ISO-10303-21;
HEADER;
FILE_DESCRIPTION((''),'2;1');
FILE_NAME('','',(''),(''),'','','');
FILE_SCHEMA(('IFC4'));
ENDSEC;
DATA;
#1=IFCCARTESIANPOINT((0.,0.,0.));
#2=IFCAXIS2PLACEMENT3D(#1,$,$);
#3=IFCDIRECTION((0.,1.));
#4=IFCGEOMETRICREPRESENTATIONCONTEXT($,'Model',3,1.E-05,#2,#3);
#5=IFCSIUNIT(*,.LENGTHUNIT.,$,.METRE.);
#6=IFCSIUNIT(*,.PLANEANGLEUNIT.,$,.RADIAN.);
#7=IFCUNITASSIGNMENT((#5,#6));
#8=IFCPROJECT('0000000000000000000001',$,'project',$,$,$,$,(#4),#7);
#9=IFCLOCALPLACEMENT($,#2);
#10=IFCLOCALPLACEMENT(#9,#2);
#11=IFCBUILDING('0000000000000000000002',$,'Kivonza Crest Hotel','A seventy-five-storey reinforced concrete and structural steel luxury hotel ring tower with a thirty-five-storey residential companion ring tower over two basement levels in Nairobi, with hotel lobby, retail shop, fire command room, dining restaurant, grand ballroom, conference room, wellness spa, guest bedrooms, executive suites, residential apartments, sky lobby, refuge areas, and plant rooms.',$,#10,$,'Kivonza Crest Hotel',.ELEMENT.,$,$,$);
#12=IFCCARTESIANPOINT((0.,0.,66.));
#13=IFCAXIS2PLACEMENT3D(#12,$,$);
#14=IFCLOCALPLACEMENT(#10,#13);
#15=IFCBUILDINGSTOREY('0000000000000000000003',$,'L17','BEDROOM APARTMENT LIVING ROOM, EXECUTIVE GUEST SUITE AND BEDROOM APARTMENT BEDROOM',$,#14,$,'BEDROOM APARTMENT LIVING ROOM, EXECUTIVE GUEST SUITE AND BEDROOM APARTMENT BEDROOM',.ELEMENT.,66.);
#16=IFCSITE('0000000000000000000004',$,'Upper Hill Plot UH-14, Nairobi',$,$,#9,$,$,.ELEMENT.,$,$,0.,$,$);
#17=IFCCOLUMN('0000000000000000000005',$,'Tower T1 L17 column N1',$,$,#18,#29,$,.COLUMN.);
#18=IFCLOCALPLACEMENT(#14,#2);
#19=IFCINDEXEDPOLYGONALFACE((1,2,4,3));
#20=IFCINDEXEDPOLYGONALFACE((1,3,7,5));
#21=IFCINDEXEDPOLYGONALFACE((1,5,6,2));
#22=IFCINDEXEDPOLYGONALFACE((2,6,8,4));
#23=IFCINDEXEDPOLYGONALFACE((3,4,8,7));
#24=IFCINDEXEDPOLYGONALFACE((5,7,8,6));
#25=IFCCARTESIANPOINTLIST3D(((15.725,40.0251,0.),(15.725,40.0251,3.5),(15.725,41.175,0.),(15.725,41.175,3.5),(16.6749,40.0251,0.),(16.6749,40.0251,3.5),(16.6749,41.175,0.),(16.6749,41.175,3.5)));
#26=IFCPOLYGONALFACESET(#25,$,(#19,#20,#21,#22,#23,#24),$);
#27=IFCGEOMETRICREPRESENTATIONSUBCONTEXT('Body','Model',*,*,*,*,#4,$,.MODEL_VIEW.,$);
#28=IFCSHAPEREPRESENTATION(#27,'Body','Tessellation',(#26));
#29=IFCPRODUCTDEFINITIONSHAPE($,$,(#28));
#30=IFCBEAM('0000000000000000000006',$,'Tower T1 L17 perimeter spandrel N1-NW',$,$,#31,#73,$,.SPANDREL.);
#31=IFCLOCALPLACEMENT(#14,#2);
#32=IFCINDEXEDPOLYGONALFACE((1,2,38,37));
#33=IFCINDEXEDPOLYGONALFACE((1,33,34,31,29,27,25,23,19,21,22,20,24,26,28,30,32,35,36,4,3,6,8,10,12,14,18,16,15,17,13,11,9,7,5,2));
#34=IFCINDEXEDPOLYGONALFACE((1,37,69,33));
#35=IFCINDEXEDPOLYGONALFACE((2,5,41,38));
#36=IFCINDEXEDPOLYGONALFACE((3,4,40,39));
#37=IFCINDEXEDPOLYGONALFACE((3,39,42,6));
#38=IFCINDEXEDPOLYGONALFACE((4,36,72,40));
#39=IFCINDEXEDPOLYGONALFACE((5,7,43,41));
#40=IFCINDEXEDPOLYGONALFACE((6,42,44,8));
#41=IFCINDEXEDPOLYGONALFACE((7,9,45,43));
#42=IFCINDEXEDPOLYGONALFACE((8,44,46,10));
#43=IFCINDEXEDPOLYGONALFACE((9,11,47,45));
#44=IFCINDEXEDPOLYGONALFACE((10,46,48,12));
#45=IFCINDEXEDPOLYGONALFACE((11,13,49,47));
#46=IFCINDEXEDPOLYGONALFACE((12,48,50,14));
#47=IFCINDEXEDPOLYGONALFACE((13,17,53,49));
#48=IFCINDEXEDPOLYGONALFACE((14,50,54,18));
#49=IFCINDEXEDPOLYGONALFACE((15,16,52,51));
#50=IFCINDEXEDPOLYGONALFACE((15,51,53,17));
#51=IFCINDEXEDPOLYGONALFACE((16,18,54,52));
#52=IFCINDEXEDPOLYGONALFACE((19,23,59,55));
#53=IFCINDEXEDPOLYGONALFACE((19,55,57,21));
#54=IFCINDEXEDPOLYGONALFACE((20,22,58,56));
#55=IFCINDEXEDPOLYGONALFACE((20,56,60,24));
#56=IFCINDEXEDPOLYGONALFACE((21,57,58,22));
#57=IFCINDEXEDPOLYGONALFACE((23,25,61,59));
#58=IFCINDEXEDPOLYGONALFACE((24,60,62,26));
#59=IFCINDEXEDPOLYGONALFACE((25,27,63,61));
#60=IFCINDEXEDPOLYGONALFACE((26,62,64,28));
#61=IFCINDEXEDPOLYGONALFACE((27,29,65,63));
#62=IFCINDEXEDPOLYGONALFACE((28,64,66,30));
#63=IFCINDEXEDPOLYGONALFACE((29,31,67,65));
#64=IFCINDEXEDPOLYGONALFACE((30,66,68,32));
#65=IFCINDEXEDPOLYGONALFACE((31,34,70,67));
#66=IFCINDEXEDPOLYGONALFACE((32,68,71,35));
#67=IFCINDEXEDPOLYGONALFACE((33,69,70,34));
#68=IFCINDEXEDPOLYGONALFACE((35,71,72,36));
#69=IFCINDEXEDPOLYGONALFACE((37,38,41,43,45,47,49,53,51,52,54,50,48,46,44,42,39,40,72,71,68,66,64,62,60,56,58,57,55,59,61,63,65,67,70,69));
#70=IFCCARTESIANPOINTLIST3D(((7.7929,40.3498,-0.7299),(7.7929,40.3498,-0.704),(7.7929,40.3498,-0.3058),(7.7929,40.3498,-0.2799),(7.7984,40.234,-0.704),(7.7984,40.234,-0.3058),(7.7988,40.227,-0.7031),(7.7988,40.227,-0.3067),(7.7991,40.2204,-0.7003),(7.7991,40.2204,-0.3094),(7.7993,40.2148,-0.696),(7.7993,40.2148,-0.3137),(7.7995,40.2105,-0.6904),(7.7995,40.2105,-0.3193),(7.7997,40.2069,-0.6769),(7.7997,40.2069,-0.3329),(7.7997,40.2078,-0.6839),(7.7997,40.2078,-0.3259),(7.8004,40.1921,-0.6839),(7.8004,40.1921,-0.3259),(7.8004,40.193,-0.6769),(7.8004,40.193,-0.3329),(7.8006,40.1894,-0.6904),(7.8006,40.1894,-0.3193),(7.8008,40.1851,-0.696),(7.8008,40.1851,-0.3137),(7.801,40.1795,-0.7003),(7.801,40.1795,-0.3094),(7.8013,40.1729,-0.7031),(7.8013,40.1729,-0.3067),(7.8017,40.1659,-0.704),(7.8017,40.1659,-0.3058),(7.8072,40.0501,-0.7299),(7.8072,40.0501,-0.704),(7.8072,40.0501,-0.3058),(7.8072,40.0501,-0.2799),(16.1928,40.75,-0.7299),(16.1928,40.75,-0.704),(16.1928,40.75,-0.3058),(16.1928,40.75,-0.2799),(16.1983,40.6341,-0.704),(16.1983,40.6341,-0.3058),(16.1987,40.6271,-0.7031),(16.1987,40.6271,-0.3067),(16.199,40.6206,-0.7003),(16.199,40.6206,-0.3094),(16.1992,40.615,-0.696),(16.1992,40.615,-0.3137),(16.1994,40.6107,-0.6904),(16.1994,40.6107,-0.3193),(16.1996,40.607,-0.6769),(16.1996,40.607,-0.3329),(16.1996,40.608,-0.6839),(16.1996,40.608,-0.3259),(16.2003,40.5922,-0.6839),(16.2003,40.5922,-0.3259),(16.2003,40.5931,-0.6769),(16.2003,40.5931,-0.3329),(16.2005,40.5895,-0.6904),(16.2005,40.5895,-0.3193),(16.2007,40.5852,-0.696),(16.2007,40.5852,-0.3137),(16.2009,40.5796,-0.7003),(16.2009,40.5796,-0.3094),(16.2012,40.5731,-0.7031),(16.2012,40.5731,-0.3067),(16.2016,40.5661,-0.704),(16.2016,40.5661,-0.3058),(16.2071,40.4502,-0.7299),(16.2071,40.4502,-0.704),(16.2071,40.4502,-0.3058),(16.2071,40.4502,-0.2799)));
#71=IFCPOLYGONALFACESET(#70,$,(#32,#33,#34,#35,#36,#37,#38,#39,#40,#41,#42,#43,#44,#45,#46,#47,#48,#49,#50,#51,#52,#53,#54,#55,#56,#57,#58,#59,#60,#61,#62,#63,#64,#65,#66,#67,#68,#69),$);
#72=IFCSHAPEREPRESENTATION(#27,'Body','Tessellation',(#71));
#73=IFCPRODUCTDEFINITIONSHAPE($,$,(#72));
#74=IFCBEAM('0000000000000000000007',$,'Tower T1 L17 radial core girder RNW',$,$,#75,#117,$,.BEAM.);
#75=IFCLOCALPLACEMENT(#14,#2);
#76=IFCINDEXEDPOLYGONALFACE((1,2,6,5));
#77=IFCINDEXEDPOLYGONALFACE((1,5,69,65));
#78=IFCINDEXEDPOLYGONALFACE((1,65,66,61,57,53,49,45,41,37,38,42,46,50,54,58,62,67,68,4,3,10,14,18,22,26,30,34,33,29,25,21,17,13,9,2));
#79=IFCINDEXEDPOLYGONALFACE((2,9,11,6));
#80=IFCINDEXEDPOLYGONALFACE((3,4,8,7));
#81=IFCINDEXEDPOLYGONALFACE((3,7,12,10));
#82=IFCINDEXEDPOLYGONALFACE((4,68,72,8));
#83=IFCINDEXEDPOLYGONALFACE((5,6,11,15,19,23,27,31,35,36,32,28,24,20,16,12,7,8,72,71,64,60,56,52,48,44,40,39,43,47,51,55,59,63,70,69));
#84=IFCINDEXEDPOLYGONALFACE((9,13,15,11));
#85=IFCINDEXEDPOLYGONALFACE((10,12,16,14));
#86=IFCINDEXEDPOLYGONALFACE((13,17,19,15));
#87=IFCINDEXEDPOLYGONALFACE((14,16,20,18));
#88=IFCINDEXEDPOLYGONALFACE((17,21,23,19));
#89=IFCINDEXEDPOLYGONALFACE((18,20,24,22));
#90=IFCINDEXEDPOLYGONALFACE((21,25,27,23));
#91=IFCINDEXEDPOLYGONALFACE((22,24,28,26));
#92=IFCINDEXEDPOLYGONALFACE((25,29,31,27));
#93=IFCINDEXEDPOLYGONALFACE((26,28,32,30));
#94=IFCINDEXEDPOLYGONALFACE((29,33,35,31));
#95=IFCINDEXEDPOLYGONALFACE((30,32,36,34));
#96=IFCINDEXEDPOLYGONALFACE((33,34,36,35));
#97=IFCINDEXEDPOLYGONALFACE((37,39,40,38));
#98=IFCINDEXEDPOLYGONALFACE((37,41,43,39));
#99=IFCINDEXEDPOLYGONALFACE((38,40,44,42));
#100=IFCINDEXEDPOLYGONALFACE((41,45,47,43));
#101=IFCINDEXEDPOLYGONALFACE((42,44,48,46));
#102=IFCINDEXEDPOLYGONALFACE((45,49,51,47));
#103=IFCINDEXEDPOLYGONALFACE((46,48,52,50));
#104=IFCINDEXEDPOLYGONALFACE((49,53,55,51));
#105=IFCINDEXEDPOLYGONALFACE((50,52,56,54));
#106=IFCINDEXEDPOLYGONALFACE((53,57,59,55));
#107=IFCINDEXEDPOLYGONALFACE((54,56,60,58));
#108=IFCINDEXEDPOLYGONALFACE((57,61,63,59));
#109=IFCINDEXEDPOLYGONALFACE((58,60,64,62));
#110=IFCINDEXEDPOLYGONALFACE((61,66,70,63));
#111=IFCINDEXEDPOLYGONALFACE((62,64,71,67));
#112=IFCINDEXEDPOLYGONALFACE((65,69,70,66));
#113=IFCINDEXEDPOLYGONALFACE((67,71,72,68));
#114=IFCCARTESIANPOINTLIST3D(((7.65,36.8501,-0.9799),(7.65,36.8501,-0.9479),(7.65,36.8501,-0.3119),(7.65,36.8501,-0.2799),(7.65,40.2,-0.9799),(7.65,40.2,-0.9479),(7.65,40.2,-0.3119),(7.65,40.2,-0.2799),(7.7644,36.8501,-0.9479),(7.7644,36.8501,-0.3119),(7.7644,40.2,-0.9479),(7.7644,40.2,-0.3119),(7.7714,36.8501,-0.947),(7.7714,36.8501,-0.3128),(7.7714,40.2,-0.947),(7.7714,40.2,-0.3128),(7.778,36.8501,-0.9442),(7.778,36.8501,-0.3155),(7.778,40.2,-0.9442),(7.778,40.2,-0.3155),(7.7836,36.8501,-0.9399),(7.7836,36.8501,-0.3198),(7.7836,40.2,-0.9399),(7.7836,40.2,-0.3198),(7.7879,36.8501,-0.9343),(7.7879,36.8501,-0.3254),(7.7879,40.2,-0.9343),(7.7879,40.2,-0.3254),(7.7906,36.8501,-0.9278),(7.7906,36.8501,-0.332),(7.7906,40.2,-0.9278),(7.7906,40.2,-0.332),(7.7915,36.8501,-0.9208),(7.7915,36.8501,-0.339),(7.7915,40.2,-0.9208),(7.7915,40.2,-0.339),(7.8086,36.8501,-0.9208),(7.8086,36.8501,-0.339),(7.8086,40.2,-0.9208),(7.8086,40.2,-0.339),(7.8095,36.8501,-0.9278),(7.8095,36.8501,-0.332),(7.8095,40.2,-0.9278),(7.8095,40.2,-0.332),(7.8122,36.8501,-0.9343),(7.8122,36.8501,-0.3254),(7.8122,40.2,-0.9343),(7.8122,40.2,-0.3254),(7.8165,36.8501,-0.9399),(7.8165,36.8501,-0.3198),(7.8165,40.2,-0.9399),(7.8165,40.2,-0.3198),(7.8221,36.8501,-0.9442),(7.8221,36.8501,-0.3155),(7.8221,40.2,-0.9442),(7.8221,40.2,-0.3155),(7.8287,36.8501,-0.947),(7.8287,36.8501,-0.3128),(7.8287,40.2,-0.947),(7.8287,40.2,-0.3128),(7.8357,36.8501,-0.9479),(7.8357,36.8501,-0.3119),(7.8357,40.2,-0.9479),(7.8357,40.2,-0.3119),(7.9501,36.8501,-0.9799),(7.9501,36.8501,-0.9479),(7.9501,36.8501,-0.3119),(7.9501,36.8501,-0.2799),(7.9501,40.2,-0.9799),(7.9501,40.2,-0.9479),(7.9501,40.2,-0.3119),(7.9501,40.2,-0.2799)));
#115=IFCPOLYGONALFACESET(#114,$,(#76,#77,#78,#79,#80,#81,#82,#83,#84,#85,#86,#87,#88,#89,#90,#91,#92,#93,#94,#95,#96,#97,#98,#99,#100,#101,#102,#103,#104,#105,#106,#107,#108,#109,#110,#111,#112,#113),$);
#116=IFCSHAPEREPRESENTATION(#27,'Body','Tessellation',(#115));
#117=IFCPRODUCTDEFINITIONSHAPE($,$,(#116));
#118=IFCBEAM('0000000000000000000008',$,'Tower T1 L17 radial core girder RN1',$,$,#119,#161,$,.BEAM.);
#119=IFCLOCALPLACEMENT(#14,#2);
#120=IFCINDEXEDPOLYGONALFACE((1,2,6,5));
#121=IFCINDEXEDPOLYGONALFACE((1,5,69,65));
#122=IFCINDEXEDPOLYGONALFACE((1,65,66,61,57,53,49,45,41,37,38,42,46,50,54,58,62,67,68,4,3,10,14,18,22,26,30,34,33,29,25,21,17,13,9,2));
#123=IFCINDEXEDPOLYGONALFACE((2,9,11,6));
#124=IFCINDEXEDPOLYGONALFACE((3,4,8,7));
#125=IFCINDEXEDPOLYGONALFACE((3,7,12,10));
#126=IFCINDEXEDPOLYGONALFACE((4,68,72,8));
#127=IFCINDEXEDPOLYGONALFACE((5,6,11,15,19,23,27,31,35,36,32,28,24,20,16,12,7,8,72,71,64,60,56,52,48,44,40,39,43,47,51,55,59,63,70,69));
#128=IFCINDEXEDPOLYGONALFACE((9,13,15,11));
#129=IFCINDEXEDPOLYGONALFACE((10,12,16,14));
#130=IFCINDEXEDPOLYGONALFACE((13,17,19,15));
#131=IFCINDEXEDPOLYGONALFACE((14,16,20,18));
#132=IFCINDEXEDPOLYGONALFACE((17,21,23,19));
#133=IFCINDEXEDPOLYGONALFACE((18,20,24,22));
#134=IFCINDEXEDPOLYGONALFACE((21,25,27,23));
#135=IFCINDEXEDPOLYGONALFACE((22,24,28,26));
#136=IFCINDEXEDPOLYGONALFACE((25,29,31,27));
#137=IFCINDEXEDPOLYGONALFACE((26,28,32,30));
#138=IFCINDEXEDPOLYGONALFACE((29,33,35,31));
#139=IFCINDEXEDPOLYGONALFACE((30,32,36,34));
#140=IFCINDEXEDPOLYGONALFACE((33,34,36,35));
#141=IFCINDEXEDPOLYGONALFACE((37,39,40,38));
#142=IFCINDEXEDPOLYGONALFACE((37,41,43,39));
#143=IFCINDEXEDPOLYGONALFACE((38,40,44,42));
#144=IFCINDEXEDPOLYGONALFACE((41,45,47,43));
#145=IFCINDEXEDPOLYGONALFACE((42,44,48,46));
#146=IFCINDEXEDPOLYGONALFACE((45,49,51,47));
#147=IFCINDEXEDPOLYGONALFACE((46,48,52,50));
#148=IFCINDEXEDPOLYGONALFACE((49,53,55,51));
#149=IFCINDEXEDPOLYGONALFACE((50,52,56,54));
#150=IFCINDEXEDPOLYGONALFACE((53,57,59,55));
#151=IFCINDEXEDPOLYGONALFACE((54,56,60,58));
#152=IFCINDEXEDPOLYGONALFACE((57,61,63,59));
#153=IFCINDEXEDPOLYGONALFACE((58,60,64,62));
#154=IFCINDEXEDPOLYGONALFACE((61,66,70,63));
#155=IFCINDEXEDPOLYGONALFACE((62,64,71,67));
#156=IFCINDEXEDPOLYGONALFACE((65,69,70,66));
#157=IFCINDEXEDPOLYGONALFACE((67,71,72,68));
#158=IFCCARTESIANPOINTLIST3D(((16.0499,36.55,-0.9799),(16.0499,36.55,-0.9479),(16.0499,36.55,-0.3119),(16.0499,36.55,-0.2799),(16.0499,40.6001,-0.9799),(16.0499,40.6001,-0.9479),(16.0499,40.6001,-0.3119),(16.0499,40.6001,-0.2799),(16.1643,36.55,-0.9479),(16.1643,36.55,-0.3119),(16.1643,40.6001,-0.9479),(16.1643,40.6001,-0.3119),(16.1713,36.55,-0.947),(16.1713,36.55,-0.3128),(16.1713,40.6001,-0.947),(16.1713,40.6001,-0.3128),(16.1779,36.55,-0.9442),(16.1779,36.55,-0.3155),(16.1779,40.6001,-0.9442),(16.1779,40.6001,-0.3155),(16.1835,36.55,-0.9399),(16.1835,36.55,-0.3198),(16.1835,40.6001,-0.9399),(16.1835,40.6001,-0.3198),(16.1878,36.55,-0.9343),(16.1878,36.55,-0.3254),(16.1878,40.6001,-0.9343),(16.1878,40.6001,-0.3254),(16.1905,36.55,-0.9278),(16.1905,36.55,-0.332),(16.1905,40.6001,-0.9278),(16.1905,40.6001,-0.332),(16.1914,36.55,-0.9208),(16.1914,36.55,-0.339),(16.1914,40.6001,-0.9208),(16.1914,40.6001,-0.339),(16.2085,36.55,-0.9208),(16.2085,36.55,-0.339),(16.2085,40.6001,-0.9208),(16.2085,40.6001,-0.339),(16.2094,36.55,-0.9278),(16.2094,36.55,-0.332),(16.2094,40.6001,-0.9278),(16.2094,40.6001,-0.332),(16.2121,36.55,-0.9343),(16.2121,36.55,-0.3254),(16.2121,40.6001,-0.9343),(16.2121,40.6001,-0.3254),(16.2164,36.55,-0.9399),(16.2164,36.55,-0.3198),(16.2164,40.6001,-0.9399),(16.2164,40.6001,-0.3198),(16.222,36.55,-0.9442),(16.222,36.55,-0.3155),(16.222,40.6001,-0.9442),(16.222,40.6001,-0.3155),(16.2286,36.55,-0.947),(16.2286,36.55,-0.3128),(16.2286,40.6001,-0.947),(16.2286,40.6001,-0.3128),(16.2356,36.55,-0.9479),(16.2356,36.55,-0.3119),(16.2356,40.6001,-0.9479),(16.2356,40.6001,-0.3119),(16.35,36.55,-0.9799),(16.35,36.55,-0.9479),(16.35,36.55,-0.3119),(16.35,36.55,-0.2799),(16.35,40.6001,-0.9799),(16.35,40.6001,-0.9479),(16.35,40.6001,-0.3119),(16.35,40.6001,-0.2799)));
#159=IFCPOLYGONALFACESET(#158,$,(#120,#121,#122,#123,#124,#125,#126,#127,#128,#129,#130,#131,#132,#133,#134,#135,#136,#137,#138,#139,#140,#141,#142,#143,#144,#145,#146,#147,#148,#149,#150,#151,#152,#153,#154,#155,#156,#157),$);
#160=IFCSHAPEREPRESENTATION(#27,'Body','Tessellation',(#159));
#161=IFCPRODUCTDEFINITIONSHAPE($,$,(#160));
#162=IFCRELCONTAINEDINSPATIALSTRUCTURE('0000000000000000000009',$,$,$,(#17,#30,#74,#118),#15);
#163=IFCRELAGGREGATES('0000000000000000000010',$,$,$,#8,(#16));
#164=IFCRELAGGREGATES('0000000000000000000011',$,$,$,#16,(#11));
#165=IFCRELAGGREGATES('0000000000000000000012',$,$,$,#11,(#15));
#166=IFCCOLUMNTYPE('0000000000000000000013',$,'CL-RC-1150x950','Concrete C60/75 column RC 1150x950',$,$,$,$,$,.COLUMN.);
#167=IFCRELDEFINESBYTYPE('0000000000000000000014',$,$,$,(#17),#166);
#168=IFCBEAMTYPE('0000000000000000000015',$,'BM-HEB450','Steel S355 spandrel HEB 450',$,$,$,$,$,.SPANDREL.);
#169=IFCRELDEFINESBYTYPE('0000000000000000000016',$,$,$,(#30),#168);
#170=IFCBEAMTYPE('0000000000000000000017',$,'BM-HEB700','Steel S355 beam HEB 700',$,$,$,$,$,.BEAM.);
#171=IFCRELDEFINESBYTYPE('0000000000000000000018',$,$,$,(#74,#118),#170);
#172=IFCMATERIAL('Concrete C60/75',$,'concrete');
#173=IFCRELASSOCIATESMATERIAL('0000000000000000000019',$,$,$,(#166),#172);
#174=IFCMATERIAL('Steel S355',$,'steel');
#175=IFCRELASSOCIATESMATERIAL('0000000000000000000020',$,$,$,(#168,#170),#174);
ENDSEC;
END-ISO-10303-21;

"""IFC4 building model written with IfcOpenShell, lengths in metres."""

from ifc_helpers import new_model, si_unit, direction, frame, origin, origin_2d, place, context, subcontext, project, spatial, rectangle, i_section, extrude, material, material_profile, profile_set, type_object, element, save


model = new_model("IFC4")

# Units and contexts
model_context = context("Model", 3, precision=1e-05, world=origin(), true_north=direction((0.0, 1.0)))
body_context = subcontext(model_context, "Body", "Model", "MODEL_VIEW")
ifc_project = project(units=[si_unit("LENGTHUNIT", "METRE"), si_unit("PLANEANGLEUNIT", "RADIAN")], contexts=[model_context])

# Site, building, storey
site_placement = place(None, origin())
site = spatial("IfcSite", under=ifc_project, at=site_placement, Name="Upper Hill Plot UH-14, Nairobi", CompositionType="ELEMENT", RefElevation=0.0)
building_placement = place(site_placement, origin())
building = spatial("IfcBuilding", under=site, at=building_placement, Name="Kivonza Crest Hotel", Description="A seventy-five-storey reinforced concrete and structural steel luxury hotel ring tower with a thirty-five-storey residential companion ring tower over two basement levels in Nairobi, with hotel lobby, retail shop, fire command room, dining restaurant, grand ballroom, conference room, wellness spa, guest bedrooms, executive suites, residential apartments, sky lobby, refuge areas, and plant rooms.", LongName="Kivonza Crest Hotel", CompositionType="ELEMENT")
storey_placement = place(building_placement, frame((0.0, 0.0, 66.0)))
storey = spatial("IfcBuildingStorey", under=building, at=storey_placement, Name="L17", Description="BEDROOM APARTMENT LIVING ROOM, EXECUTIVE GUEST SUITE AND BEDROOM APARTMENT BEDROOM", LongName="BEDROOM APARTMENT LIVING ROOM, EXECUTIVE GUEST SUITE AND BEDROOM APARTMENT BEDROOM", CompositionType="ELEMENT", Elevation=66.0)

# Column
ifc_material_1 = material(Name="Concrete C60/75", Category="concrete")
ifc_material_profile_1 = material_profile(ifc_material_1, rectangle(XDim=0.95, YDim=1.1499, at=origin_2d()), Name="RC 1150x950")
ifc_profile_set_1 = profile_set([ifc_material_profile_1], Name="Concrete C60/75")
column_type = type_object("IfcColumnType", Name="CL-RC-1150x950", Description="Concrete C60/75 column RC 1150x950", PredefinedType="COLUMN", material=ifc_profile_set_1)
column_placement = place(storey_placement, frame((16.2, 40.6001, 0.0), z_axis=(0.0, 0.0, 1.0), x_axis=(1.0, 0.0, 0.0)))
element("IfcColumn", 1, at=column_placement, inside=storey, type_object=column_type, Name="Tower T1 L17 column N1", PredefinedType="COLUMN", context=body_context, shape_type="SweptSolid", body=[
    extrude(rectangle(XDim=0.95, YDim=1.1499, at=origin_2d()), origin(), (0.0, 0.0, 1.0), 3.5),
])

# Beams
ifc_material_2 = material(Name="Steel S355", Category="steel")
ifc_material_profile_2 = material_profile(ifc_material_2, i_section(OverallWidth=0.3, OverallDepth=0.45, WebThickness=0.0139, FlangeThickness=0.0259, FilletRadius=0.0271, at=origin_2d()), Name="HEB 450")
ifc_profile_set_2 = profile_set([ifc_material_profile_2], Name="Steel S355")
beam_type_1 = type_object("IfcBeamType", Name="BM-HEB450", Description="Steel S355 spandrel HEB 450", PredefinedType="SPANDREL", material=ifc_profile_set_2)
beam_1_placement = place(storey_placement, frame((16.2, 40.6001, -0.5049), z_axis=(-0.998867, -0.047583, 0.0), x_axis=(0.047583, -0.998867, 0.0)))
element("IfcBeam", 2, at=beam_1_placement, inside=storey, type_object=beam_type_1, Name="Tower T1 L17 perimeter spandrel N1-NW", PredefinedType="SPANDREL", context=body_context, shape_type="SweptSolid", body=[
    extrude(i_section(OverallWidth=0.3, OverallDepth=0.45, WebThickness=0.0139, FlangeThickness=0.0259, FilletRadius=0.0271, at=origin_2d()), origin(), (0.0, 0.0, 1.0), 8.4094),
])
ifc_material_profile_3 = material_profile(ifc_material_2, i_section(OverallWidth=0.3, OverallDepth=0.7, WebThickness=0.0171, FlangeThickness=0.032, FilletRadius=0.0271, at=origin_2d()), Name="HEB 700")
ifc_profile_set_3 = profile_set([ifc_material_profile_3], Name="Steel S355")
beam_type_2 = type_object("IfcBeamType", Name="BM-HEB700", Description="Steel S355 beam HEB 700", PredefinedType="BEAM", material=ifc_profile_set_3)
beam_2_placement = place(storey_placement, frame((7.8, 40.2, -0.6299), z_axis=(0.0, -1.0, 0.0), x_axis=(1.0, 0.0, 0.0)))
element("IfcBeam", 3, at=beam_2_placement, inside=storey, type_object=beam_type_2, Name="Tower T1 L17 radial core girder RNW", PredefinedType="BEAM", context=body_context, shape_type="SweptSolid", body=[
    extrude(i_section(OverallWidth=0.3, OverallDepth=0.7, WebThickness=0.0171, FlangeThickness=0.032, FilletRadius=0.0271, at=origin_2d()), origin(), (0.0, 0.0, 1.0), 3.3499),
])
beam_3_placement = place(storey_placement, frame((16.2, 40.6001, -0.6299), z_axis=(0.0, -1.0, 0.0), x_axis=(1.0, 0.0, 0.0)))
element("IfcBeam", 4, at=beam_3_placement, inside=storey, type_object=beam_type_2, Name="Tower T1 L17 radial core girder RN1", PredefinedType="BEAM", context=body_context, shape_type="SweptSolid", body=[
    extrude(i_section(OverallWidth=0.3, OverallDepth=0.7, WebThickness=0.0171, FlangeThickness=0.032, FilletRadius=0.0271, at=origin_2d()), origin(), (0.0, 0.0, 1.0), 4.05),
])

save(model, "model.ifc")
